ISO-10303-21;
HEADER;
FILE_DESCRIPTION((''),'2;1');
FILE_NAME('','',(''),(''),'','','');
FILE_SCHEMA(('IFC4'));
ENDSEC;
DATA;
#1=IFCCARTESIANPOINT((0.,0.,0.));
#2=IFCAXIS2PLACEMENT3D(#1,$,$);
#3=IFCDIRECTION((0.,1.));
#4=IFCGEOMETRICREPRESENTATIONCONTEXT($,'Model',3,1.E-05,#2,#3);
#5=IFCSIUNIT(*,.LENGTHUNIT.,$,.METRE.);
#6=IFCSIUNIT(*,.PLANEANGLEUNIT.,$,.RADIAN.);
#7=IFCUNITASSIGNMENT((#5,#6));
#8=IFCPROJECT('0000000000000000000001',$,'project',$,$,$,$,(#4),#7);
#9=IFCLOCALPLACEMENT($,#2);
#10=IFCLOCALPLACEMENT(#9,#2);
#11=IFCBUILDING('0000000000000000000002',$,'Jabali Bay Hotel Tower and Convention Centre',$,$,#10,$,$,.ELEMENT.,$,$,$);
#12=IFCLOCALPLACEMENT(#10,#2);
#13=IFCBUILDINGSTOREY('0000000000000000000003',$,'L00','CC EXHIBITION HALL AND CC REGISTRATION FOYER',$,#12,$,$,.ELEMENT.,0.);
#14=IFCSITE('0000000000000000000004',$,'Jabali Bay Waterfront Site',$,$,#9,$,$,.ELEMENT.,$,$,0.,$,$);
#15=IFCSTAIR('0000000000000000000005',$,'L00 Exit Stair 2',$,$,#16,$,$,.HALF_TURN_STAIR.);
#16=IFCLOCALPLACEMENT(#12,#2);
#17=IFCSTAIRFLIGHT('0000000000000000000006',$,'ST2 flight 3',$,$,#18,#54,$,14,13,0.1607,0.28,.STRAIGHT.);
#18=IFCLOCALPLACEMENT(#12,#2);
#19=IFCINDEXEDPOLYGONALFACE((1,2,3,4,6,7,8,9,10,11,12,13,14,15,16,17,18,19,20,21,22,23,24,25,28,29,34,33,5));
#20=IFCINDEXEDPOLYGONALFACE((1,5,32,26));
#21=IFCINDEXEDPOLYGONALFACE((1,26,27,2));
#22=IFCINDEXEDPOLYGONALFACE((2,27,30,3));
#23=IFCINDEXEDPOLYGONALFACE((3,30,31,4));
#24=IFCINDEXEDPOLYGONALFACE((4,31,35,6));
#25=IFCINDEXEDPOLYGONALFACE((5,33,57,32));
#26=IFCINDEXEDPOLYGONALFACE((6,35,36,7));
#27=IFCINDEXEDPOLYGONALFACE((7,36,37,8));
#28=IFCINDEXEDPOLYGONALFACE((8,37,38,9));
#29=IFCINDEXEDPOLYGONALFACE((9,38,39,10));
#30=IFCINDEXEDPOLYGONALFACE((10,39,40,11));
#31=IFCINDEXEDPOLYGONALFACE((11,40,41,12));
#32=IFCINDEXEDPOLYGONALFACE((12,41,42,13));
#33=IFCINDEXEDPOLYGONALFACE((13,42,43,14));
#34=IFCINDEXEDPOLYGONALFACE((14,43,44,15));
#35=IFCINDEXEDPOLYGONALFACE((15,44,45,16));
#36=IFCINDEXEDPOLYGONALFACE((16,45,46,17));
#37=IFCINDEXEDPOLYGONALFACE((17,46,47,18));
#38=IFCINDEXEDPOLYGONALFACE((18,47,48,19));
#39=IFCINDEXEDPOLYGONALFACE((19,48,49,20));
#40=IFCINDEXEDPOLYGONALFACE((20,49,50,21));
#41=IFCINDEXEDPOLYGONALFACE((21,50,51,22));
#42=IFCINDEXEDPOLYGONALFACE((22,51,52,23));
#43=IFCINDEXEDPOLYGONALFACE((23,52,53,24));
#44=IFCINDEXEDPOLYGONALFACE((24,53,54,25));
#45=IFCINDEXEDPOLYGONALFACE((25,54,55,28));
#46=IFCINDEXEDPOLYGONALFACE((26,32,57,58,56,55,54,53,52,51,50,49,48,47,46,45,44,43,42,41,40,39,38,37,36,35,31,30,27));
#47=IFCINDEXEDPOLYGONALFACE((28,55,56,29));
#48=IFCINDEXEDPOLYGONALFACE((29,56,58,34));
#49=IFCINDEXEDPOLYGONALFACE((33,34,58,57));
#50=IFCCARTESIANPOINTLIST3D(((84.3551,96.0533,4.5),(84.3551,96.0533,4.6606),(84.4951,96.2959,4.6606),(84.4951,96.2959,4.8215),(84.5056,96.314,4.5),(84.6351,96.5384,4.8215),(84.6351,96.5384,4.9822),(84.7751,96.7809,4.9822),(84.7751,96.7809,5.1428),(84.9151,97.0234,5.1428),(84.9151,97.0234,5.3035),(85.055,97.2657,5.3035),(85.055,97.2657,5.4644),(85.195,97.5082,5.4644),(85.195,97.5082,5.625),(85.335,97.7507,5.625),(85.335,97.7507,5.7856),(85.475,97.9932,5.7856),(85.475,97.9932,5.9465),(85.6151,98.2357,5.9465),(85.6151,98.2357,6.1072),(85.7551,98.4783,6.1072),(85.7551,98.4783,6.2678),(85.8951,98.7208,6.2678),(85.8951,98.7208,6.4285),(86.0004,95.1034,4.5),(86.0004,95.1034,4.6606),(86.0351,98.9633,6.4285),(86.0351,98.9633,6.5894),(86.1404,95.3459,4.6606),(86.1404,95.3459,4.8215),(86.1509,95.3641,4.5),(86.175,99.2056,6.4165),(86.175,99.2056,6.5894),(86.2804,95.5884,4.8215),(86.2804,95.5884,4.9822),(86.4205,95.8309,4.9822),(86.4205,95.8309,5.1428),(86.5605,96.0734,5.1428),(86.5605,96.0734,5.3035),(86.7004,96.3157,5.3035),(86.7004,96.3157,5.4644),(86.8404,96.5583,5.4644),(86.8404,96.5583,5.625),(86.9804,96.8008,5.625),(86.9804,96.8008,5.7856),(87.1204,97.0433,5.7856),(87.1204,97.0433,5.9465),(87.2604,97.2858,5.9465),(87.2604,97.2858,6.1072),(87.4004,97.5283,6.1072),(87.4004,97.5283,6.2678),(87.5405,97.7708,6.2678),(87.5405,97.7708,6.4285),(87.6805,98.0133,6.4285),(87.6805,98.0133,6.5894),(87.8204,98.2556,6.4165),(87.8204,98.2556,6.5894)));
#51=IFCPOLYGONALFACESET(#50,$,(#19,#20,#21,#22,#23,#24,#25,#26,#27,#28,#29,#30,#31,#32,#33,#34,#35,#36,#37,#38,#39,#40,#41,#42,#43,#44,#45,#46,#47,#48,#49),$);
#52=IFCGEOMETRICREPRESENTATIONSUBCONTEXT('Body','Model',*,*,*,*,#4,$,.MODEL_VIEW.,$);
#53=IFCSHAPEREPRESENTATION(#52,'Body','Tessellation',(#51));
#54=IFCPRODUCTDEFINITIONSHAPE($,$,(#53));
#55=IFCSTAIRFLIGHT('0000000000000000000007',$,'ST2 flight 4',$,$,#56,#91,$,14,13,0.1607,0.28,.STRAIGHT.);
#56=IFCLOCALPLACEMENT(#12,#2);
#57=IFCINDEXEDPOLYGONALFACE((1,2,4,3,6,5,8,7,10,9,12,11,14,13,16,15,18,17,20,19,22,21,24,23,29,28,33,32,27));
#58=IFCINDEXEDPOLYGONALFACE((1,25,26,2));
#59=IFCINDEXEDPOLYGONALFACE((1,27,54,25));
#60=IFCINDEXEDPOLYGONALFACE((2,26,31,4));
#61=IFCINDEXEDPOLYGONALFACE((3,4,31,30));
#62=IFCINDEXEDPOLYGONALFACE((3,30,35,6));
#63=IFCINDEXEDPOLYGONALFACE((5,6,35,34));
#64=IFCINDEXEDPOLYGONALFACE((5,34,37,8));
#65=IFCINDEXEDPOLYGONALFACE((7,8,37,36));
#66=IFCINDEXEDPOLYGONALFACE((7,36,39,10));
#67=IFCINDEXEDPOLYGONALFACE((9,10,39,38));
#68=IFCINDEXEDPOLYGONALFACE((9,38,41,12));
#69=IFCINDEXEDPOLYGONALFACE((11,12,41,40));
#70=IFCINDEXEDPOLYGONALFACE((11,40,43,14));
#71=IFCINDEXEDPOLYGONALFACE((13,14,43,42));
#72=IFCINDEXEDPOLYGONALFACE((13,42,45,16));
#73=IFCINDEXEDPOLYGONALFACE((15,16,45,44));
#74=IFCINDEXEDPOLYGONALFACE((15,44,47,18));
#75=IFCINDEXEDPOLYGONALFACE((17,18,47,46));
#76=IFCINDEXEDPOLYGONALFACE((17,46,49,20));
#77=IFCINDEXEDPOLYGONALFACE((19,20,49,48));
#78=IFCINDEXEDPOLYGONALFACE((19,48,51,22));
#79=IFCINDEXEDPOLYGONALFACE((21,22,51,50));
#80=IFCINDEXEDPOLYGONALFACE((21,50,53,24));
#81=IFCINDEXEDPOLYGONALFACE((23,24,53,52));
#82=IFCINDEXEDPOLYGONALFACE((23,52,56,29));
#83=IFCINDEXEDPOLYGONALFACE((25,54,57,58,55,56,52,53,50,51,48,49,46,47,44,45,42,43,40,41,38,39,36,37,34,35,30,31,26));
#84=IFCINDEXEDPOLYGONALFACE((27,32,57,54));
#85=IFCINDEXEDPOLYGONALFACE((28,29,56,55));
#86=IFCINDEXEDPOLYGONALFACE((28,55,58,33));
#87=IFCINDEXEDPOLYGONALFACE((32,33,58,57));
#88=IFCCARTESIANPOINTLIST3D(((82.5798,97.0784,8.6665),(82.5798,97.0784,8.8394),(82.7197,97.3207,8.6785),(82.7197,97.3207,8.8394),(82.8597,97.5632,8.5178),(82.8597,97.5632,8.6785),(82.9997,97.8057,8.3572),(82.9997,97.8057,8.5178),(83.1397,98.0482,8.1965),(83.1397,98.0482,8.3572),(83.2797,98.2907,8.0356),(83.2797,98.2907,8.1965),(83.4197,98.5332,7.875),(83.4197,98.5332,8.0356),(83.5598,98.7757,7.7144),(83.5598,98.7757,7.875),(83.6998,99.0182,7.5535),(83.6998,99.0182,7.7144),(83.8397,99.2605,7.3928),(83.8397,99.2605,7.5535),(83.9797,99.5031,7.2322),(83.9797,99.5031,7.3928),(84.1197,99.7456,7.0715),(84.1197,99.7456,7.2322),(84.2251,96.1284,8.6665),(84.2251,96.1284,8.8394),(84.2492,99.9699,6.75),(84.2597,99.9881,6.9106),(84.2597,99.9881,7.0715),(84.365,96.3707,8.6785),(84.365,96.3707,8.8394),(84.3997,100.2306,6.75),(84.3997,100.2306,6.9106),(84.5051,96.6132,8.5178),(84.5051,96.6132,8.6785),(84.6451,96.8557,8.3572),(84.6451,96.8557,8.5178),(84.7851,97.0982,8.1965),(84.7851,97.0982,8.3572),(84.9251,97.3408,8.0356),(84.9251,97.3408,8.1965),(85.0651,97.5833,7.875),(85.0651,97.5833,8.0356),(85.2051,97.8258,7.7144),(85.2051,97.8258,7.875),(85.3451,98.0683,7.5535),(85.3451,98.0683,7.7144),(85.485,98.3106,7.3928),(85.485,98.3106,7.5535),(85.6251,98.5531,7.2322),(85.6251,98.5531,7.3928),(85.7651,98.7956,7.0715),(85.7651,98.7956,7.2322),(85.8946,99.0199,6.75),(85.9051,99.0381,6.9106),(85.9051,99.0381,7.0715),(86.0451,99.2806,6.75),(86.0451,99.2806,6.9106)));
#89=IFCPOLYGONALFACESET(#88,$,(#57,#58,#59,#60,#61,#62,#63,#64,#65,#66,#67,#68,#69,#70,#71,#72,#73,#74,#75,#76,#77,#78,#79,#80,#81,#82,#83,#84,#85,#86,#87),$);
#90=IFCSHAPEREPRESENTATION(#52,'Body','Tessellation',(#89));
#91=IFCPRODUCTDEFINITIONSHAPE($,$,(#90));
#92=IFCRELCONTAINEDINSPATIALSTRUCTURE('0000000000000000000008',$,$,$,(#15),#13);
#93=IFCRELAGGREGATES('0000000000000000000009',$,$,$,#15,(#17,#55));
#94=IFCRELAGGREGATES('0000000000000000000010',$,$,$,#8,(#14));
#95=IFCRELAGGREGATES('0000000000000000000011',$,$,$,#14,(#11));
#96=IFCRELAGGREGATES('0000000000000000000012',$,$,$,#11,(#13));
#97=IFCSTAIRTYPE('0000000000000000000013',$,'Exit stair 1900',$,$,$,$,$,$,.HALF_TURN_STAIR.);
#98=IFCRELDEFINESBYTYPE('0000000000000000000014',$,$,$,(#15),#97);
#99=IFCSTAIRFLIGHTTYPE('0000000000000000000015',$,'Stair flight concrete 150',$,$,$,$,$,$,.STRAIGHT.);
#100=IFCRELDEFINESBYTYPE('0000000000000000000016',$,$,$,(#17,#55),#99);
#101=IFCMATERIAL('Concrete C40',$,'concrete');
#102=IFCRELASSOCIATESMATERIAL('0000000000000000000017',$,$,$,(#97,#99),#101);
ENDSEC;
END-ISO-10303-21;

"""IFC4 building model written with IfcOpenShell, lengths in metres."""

from ifc_helpers import new_model, si_unit, direction, frame, origin, place, context, subcontext, project, spatial, polyline, outline, extrude, material, type_object, element, aggregate, save


model = new_model("IFC4")

# Units and contexts
model_context = context("Model", 3, precision=1e-05, world=origin(), true_north=direction((0.0, 1.0)))
body_context = subcontext(model_context, "Body", "Model", "MODEL_VIEW")
ifc_project = project(units=[si_unit("LENGTHUNIT", "METRE"), si_unit("PLANEANGLEUNIT", "RADIAN")], contexts=[model_context])

# Site, building, storey
site_placement = place(None, origin())
site = spatial("IfcSite", under=ifc_project, at=site_placement, Name="Jabali Bay Waterfront Site", CompositionType="ELEMENT", RefElevation=0.0)
building_placement = place(site_placement, origin())
building = spatial("IfcBuilding", under=site, at=building_placement, Name="Jabali Bay Hotel Tower and Convention Centre", CompositionType="ELEMENT")
storey_placement = place(building_placement, origin())
storey = spatial("IfcBuildingStorey", under=building, at=storey_placement, Name="L00", Description="CC EXHIBITION HALL AND CC REGISTRATION FOYER", CompositionType="ELEMENT", Elevation=0.0)

# Shared definitions
ifc_material_1 = material(Name="Concrete C40", Category="concrete")

# Stair, stair flights
stair_type = type_object("IfcStairType", Name="Exit stair 1900", PredefinedType="HALF_TURN_STAIR", material=ifc_material_1)
stair_placement = place(storey_placement, origin())
stair = element("IfcStair", 1, at=stair_placement, inside=storey, type_object=stair_type, Name="L00 Exit Stair 2", PredefinedType="HALF_TURN_STAIR")
stair_flight_type = type_object("IfcStairFlightType", Name="Stair flight concrete 150", PredefinedType="STRAIGHT", material=ifc_material_1)
stair_flight_1_placement = place(storey_placement, frame((85.1777, 95.5784, 4.5), z_axis=(0.0, 0.0, 1.0), x_axis=(0.5, 0.866025, 0.0)))
stair_flight_1 = element("IfcStairFlight", 2, at=stair_flight_1_placement, type_object=stair_flight_type, Name="ST2 flight 3", NumberOfRisers=14, NumberOfTreads=13, PredefinedType="STRAIGHT", RiserHeight=0.1607, TreadLength=0.28, context=body_context, shape_type="SweptSolid", body=[
    extrude(outline(polyline([(0.0, 0.0), (0.0, 0.1606), (0.28, 0.1606), (0.28, 0.3215), (0.5601, 0.3215), (0.5601, 0.4822), (0.8401, 0.4822), (0.8401, 0.6428), (1.1201, 0.6428), (1.1201, 0.8035), (1.3999, 0.8035), (1.3999, 0.9644), (1.6799, 0.9644), (1.6799, 1.125), (1.96, 1.125), (1.96, 1.2856), (2.24, 1.2856), (2.24, 1.4465), (2.52, 1.4465), (2.52, 1.6072), (2.8, 1.6072), (2.8, 1.7678), (3.0801, 1.7678), (3.0801, 1.9285), (3.3601, 1.9285), (3.3601, 2.0894), (3.6399, 2.0894), (3.6399, 2.25), (3.6399, 1.9165), (0.301, 0.0), (0.0, 0.0)])), frame((0.0, 0.95, 0.0), z_axis=(0.0, -1.0, 0.0), x_axis=(1.0, 0.0, 0.0)), (0.0, 0.0, 1.0), 1.8999),
])
stair_flight_2_placement = place(storey_placement, frame((85.2224, 99.7556, 6.75), z_axis=(0.0, 0.0, 1.0), x_axis=(-0.5, -0.866025, 0.0)))
stair_flight_2 = element("IfcStairFlight", 3, at=stair_flight_2_placement, type_object=stair_flight_type, Name="ST2 flight 4", NumberOfRisers=14, NumberOfTreads=13, PredefinedType="STRAIGHT", RiserHeight=0.1607, TreadLength=0.28, context=body_context, shape_type="SweptSolid", body=[
    extrude(outline(polyline([(0.0, 0.0), (0.0, 0.1606), (0.28, 0.1606), (0.28, 0.3215), (0.5601, 0.3215), (0.5601, 0.4822), (0.8401, 0.4822), (0.8401, 0.6428), (1.1201, 0.6428), (1.1201, 0.8035), (1.3999, 0.8035), (1.3999, 0.9644), (1.6799, 0.9644), (1.6799, 1.125), (1.96, 1.125), (1.96, 1.2856), (2.24, 1.2856), (2.24, 1.4465), (2.52, 1.4465), (2.52, 1.6072), (2.8, 1.6072), (2.8, 1.7678), (3.0801, 1.7678), (3.0801, 1.9285), (3.3601, 1.9285), (3.3601, 2.0894), (3.6399, 2.0894), (3.6399, 2.25), (3.6399, 1.9165), (0.301, 0.0), (0.0, 0.0)])), frame((0.0, 0.95, 0.0), z_axis=(0.0, -1.0, 0.0), x_axis=(1.0, 0.0, 0.0)), (0.0, 0.0, 1.0), 1.8999),
])
aggregate(stair, [stair_flight_1, stair_flight_2])

save(model, "model.ifc")
